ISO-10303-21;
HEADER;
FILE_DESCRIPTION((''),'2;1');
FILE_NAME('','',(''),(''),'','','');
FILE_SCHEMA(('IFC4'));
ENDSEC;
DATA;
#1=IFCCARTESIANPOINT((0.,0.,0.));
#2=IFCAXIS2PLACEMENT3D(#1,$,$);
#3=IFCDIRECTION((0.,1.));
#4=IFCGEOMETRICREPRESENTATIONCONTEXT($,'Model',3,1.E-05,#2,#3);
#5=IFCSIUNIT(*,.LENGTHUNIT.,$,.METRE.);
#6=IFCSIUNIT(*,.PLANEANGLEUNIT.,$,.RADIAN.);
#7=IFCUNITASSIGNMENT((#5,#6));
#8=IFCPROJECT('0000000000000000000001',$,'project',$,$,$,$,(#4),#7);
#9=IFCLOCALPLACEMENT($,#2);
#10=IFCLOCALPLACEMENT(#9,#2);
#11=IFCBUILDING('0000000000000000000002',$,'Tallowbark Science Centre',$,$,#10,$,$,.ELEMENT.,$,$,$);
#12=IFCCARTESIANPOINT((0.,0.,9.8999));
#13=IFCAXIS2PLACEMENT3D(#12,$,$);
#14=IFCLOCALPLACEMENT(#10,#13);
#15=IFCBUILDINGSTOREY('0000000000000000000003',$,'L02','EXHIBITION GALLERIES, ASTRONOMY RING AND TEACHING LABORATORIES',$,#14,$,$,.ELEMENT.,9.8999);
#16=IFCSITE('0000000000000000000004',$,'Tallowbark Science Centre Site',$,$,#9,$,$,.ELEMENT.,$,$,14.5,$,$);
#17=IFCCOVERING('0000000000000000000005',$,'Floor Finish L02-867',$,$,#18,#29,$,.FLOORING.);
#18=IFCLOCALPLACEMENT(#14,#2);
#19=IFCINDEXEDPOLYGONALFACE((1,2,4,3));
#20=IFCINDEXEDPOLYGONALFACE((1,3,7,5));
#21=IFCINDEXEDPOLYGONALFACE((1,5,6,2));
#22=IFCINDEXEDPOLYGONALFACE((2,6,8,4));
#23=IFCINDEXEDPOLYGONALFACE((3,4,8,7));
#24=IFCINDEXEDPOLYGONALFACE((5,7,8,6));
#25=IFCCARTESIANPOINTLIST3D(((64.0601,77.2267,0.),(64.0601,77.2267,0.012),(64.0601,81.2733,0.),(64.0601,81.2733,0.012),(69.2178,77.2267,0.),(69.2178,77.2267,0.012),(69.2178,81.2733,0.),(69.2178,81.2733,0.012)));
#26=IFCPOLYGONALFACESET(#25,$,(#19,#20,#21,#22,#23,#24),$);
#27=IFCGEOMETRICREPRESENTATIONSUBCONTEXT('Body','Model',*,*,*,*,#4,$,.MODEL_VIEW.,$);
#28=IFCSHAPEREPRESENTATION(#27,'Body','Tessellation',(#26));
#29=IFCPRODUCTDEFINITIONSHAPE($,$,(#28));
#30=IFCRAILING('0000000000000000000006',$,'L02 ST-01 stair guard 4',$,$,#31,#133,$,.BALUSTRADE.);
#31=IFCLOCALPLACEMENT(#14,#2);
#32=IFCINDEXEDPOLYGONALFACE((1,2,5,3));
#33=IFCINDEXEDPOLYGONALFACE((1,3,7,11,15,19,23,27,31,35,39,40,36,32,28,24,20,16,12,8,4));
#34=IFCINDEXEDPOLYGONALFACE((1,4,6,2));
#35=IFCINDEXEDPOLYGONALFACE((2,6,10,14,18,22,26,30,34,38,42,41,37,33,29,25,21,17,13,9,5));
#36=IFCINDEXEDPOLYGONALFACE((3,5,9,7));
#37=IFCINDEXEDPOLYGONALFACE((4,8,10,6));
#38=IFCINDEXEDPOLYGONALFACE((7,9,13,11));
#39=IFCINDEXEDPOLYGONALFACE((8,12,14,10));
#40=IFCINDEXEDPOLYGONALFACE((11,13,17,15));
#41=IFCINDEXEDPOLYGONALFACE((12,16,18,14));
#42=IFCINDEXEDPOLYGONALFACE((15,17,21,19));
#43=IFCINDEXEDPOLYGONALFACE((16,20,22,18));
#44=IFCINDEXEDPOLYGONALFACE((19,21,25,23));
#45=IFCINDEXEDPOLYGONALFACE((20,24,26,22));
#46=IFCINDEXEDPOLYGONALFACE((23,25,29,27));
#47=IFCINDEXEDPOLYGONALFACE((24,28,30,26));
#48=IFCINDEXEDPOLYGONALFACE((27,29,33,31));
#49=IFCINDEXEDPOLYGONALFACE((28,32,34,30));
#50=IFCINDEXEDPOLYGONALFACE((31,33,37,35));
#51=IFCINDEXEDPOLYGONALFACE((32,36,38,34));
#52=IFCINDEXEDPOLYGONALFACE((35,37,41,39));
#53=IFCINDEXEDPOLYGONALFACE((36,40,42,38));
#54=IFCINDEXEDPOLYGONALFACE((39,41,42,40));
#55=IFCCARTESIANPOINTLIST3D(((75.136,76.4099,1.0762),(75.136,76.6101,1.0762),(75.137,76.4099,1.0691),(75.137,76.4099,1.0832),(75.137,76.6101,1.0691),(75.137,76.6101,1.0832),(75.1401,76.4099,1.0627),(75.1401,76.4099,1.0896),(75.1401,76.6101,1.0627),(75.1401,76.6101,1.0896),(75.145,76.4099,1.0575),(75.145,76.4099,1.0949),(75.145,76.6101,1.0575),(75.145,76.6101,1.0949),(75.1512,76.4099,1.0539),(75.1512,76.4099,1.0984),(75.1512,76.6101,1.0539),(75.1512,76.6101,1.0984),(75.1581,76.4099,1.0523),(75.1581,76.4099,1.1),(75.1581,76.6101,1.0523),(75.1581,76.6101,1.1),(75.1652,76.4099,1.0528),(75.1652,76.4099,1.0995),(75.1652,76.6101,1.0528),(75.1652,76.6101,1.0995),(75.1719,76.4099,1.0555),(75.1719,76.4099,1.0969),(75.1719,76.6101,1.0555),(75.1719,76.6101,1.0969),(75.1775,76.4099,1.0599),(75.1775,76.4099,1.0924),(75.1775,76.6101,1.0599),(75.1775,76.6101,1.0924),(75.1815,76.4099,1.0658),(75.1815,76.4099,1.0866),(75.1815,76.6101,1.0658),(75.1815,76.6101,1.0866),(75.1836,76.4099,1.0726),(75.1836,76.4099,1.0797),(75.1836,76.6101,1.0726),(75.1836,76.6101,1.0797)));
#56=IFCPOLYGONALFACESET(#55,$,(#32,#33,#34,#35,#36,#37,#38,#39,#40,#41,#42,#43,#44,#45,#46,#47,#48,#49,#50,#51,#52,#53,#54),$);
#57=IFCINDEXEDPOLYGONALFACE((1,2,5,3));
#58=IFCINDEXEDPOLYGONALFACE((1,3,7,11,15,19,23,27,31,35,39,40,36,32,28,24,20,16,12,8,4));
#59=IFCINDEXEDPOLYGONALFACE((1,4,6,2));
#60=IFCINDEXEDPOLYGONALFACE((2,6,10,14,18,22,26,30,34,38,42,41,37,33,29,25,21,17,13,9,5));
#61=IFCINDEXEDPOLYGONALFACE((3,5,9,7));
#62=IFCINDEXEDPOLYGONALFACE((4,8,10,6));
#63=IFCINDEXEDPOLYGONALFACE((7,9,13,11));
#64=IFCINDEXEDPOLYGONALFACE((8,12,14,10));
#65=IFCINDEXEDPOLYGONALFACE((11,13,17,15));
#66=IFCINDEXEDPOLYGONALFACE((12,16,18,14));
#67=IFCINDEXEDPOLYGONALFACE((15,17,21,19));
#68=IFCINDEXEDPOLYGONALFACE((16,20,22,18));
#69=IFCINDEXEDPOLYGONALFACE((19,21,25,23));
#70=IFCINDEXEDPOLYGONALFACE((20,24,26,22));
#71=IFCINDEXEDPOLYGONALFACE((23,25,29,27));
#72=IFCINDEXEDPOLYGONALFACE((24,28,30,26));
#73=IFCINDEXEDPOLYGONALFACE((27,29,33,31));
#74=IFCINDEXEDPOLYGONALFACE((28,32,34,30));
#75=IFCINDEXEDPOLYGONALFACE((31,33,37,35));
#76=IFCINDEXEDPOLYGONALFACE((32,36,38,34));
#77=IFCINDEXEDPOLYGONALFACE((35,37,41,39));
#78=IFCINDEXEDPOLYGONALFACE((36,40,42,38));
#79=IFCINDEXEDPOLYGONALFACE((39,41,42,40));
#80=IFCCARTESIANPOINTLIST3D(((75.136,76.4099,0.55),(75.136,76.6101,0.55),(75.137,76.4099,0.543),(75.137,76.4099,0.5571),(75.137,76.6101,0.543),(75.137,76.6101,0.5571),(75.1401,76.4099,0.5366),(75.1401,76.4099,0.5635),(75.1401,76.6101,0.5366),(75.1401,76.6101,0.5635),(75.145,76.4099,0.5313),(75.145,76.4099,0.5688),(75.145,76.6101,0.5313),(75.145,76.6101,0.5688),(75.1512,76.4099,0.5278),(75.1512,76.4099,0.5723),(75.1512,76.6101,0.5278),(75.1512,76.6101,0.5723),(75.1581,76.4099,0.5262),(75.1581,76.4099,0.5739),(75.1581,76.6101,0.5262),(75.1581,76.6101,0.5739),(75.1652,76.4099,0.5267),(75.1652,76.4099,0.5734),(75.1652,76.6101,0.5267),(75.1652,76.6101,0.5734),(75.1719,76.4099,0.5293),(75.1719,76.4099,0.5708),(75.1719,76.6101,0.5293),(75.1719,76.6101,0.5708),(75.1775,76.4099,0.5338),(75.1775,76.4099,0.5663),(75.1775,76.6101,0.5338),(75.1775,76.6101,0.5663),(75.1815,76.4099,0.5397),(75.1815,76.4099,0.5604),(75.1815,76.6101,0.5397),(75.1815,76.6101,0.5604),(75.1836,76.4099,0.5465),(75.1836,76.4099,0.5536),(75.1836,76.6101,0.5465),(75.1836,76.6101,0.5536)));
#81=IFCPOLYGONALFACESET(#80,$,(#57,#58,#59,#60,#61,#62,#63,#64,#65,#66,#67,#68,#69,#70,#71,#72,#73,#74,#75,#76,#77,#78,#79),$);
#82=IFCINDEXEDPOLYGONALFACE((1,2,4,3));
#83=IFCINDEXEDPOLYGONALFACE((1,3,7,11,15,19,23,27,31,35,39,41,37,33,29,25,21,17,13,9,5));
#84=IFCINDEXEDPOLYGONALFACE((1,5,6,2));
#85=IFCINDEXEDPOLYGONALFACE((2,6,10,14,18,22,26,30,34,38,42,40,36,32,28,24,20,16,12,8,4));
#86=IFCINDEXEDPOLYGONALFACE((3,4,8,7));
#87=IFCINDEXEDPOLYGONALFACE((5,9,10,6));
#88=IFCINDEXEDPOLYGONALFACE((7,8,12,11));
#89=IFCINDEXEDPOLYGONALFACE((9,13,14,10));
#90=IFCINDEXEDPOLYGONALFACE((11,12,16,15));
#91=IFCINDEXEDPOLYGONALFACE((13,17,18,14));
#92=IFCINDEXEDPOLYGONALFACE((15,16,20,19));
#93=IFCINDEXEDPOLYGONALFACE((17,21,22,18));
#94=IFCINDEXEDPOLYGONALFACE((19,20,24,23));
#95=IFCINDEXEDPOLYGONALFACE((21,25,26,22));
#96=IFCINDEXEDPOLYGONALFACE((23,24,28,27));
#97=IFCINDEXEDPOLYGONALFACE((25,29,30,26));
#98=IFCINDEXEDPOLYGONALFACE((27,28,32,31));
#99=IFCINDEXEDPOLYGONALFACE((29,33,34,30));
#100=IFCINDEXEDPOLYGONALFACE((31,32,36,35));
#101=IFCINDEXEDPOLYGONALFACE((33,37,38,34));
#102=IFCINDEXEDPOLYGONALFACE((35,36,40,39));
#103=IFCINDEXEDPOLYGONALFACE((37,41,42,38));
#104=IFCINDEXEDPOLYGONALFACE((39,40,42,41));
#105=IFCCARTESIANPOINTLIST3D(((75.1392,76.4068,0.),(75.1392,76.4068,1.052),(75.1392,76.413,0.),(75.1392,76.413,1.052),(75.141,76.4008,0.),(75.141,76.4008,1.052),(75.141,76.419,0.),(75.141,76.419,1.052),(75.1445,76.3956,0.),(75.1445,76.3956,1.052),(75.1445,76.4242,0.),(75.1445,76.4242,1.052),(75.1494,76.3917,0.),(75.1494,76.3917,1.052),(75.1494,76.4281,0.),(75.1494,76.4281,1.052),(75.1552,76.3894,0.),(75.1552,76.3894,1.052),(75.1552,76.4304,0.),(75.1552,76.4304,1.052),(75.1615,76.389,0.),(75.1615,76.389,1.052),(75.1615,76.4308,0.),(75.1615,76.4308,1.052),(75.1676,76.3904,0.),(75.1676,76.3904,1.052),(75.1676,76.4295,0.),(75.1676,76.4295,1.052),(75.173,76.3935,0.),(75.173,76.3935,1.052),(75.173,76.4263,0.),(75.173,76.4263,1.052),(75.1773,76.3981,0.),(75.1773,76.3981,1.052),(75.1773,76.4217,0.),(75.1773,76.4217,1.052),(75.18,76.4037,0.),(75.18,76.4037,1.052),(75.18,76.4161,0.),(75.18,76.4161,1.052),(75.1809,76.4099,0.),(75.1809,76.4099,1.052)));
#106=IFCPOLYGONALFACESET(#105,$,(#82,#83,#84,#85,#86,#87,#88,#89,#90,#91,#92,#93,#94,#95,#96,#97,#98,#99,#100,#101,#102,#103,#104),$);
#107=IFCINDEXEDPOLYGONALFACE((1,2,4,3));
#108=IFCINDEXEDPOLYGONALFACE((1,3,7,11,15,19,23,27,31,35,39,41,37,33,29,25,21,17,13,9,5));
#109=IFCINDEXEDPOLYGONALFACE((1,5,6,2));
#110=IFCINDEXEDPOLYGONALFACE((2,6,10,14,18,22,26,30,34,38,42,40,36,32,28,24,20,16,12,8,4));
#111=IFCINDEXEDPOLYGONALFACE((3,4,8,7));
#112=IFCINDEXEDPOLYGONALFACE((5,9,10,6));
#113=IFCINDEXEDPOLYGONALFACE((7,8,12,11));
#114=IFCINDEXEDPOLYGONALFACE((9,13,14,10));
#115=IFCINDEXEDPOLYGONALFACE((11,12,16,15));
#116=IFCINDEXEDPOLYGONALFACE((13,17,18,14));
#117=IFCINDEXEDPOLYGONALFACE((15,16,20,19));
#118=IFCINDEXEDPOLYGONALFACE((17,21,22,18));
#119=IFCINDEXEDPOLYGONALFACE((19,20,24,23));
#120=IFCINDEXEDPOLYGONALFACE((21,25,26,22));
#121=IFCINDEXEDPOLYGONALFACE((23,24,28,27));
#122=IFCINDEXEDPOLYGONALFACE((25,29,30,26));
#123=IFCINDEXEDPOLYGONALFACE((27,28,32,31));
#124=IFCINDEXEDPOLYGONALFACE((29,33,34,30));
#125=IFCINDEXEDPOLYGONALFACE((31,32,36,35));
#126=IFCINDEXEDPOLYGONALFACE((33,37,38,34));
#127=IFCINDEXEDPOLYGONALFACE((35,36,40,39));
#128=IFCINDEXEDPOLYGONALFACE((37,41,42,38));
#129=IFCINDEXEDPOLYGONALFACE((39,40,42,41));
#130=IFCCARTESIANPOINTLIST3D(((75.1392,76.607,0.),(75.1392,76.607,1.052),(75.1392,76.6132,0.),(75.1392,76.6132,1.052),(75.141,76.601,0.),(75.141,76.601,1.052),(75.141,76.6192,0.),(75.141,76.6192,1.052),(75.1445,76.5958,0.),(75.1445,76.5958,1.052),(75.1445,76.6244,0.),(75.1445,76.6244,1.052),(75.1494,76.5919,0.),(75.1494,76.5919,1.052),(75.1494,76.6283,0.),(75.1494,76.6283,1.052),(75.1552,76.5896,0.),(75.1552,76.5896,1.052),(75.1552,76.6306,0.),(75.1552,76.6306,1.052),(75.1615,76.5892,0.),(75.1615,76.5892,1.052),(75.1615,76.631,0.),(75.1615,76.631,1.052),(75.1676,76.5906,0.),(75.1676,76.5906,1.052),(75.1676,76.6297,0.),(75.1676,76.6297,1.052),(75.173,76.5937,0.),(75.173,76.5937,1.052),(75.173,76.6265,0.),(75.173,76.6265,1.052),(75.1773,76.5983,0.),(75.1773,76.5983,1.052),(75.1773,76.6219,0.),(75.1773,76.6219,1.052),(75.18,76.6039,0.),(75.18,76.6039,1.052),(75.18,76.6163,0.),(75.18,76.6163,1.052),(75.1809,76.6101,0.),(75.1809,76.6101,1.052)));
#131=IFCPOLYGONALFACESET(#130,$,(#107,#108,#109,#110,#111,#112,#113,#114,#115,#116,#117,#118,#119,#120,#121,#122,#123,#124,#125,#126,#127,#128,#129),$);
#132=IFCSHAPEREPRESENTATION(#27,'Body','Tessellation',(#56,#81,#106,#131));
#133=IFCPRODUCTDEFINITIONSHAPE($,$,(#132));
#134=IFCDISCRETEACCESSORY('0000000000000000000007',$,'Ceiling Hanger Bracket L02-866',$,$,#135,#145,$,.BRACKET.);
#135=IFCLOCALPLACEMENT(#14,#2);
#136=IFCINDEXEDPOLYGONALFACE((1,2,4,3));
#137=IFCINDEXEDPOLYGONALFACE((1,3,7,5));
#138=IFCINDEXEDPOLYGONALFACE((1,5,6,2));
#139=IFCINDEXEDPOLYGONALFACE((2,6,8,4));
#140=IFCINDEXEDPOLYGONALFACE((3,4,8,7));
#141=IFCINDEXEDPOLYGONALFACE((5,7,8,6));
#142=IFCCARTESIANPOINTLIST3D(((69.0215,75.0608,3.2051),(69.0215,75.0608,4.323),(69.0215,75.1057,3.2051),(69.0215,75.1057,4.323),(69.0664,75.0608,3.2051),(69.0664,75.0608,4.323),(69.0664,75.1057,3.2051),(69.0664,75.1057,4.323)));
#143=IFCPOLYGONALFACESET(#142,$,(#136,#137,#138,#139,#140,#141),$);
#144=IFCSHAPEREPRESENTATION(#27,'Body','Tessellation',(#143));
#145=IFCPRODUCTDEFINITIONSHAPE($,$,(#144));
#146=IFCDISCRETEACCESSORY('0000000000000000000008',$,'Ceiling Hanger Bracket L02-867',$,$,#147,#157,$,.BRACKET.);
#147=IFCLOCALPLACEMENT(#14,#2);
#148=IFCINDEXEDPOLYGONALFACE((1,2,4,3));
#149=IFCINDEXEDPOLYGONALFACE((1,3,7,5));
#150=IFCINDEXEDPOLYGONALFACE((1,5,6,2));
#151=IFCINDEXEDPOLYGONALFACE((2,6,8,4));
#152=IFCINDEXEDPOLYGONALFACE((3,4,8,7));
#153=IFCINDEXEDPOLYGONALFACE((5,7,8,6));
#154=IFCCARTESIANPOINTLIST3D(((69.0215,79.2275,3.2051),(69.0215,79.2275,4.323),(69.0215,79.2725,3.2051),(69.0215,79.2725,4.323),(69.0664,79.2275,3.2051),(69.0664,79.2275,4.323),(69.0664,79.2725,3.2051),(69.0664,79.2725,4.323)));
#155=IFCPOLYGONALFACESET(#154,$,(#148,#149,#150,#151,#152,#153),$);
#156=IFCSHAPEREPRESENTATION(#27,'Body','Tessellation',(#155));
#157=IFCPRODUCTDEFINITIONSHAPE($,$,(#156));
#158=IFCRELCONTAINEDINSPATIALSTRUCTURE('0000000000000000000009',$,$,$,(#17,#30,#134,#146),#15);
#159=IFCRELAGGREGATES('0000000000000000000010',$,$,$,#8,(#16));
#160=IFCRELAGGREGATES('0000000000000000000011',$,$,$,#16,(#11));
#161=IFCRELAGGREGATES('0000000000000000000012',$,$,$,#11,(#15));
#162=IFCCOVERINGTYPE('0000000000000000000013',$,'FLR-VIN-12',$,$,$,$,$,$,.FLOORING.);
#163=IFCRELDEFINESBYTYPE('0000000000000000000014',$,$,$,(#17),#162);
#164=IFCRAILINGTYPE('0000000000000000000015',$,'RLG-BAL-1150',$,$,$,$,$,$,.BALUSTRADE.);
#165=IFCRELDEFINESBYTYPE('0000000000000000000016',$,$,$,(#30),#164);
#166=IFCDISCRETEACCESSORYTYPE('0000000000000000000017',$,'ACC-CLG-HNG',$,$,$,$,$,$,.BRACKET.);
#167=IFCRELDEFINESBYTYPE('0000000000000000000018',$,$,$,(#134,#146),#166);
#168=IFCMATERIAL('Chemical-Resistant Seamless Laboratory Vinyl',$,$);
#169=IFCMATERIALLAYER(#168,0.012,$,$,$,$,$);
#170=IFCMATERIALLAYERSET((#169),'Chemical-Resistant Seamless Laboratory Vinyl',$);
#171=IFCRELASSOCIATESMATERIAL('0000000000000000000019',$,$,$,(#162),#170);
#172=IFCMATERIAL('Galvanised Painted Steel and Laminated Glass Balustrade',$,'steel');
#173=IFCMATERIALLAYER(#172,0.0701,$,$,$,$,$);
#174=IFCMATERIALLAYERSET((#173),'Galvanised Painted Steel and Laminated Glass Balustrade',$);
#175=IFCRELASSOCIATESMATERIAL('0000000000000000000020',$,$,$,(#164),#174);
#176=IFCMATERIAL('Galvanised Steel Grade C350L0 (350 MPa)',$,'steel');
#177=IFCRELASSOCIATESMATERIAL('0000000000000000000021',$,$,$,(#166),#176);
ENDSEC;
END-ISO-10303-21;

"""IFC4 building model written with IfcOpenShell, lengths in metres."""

from ifc_helpers import new_model, si_unit, direction, frame, origin, origin_2d, place, context, subcontext, project, spatial, rectangle, circle, extrude, material, layer, layer_set, type_object, element, save


model = new_model("IFC4")

# Units and contexts
model_context = context("Model", 3, precision=1e-05, world=origin(), true_north=direction((0.0, 1.0)))
body_context = subcontext(model_context, "Body", "Model", "MODEL_VIEW")
ifc_project = project(units=[si_unit("LENGTHUNIT", "METRE"), si_unit("PLANEANGLEUNIT", "RADIAN")], contexts=[model_context])

# Site, building, storey
site_placement = place(None, origin())
site = spatial("IfcSite", under=ifc_project, at=site_placement, Name="Tallowbark Science Centre Site", CompositionType="ELEMENT", RefElevation=14.5)
building_placement = place(site_placement, origin())
building = spatial("IfcBuilding", under=site, at=building_placement, Name="Tallowbark Science Centre", CompositionType="ELEMENT")
storey_placement = place(building_placement, frame((0.0, 0.0, 9.8999)))
storey = spatial("IfcBuildingStorey", under=building, at=storey_placement, Name="L02", Description="EXHIBITION GALLERIES, ASTRONOMY RING AND TEACHING LABORATORIES", CompositionType="ELEMENT", Elevation=9.8999)

# Covering
ifc_material_1 = material(Name="Chemical-Resistant Seamless Laboratory Vinyl")
ifc_layer_1 = layer(ifc_material_1, 0.012)
ifc_layer_set_1 = layer_set([ifc_layer_1], Name="Chemical-Resistant Seamless Laboratory Vinyl")
covering_type_1 = type_object("IfcCoveringType", Name="FLR-VIN-12", PredefinedType="FLOORING", material=ifc_layer_set_1)
covering_1_placement = place(storey_placement, frame((66.6389, 79.25, 0.0), z_axis=(0.0, 0.0, 1.0), x_axis=(1.0, 0.0, 0.0)))
element("IfcCovering", 1, at=covering_1_placement, inside=storey, type_object=covering_type_1, Name="Floor Finish L02-867", PredefinedType="FLOORING", context=body_context, shape_type="SweptSolid", body=[
    extrude(rectangle(XDim=5.1577, YDim=4.0466, at=origin_2d()), origin(), (0.0, 0.0, 1.0), 0.012),
])

# Railing
ifc_material_2 = material(Name="Galvanised Painted Steel and Laminated Glass Balustrade", Category="steel")
ifc_layer_2 = layer(ifc_material_2, 0.0701)
ifc_layer_set_2 = layer_set([ifc_layer_2], Name="Galvanised Painted Steel and Laminated Glass Balustrade")
railing_type = type_object("IfcRailingType", Name="RLG-BAL-1150", PredefinedType="BALUSTRADE", material=ifc_layer_set_2)
railing_placement = place(storey_placement, frame((75.1599, 76.4099, 0.0)))
element("IfcRailing", 2, at=railing_placement, inside=storey, type_object=railing_type, Name="L02 ST-01 stair guard 4", PredefinedType="BALUSTRADE", context=body_context, shape_type="SweptSolid", body=[
    extrude(circle(Radius=0.0239, at=origin_2d()), frame((0.0, 0.0, 1.0762), z_axis=(0.0, 1.0, 0.0), x_axis=(-1.0, 0.0, 0.0)), (0.0, 0.0, 1.0), 0.2002),
    extrude(circle(Radius=0.0239, at=origin_2d()), frame((0.0, 0.0, 0.55), z_axis=(0.0, 1.0, 0.0), x_axis=(-1.0, 0.0, 0.0)), (0.0, 0.0, 1.0), 0.2002),
    extrude(circle(Radius=0.021, at=origin_2d()), origin(), (0.0, 0.0, 1.0), 1.052),
    extrude(circle(Radius=0.021, at=origin_2d()), frame((0.0, 0.2002, 0.0)), (0.0, 0.0, 1.0), 1.052),
])

# Discrete accessories
ifc_material_3 = material(Name="Galvanised Steel Grade C350L0 (350 MPa)", Category="steel")
discrete_accessory_type = type_object("IfcDiscreteAccessoryType", Name="ACC-CLG-HNG", PredefinedType="BRACKET", material=ifc_material_3)
for number, where, z_axis, x_axis, name in (
    (3, (69.0439, 75.0833, 3.2051), (0.0, 0.0, 1.0), (1.0, 0.0, 0.0), "Ceiling Hanger Bracket L02-866"),
    (4, (69.0439, 79.25, 3.2051), (0.0, 0.0, 1.0), (1.0, 0.0, 0.0), "Ceiling Hanger Bracket L02-867"),
):
    element("IfcDiscreteAccessory", number, at=place(storey_placement, frame(where, z_axis=z_axis, x_axis=x_axis)), inside=storey, type_object=discrete_accessory_type, Name=name, PredefinedType="BRACKET", context=body_context, shape_type="SweptSolid", body=[
        extrude(rectangle(XDim=0.0449, YDim=0.0449, at=origin_2d()), origin(), (0.0, 0.0, 1.0), 1.1179),
    ])

save(model, "model.ifc")
